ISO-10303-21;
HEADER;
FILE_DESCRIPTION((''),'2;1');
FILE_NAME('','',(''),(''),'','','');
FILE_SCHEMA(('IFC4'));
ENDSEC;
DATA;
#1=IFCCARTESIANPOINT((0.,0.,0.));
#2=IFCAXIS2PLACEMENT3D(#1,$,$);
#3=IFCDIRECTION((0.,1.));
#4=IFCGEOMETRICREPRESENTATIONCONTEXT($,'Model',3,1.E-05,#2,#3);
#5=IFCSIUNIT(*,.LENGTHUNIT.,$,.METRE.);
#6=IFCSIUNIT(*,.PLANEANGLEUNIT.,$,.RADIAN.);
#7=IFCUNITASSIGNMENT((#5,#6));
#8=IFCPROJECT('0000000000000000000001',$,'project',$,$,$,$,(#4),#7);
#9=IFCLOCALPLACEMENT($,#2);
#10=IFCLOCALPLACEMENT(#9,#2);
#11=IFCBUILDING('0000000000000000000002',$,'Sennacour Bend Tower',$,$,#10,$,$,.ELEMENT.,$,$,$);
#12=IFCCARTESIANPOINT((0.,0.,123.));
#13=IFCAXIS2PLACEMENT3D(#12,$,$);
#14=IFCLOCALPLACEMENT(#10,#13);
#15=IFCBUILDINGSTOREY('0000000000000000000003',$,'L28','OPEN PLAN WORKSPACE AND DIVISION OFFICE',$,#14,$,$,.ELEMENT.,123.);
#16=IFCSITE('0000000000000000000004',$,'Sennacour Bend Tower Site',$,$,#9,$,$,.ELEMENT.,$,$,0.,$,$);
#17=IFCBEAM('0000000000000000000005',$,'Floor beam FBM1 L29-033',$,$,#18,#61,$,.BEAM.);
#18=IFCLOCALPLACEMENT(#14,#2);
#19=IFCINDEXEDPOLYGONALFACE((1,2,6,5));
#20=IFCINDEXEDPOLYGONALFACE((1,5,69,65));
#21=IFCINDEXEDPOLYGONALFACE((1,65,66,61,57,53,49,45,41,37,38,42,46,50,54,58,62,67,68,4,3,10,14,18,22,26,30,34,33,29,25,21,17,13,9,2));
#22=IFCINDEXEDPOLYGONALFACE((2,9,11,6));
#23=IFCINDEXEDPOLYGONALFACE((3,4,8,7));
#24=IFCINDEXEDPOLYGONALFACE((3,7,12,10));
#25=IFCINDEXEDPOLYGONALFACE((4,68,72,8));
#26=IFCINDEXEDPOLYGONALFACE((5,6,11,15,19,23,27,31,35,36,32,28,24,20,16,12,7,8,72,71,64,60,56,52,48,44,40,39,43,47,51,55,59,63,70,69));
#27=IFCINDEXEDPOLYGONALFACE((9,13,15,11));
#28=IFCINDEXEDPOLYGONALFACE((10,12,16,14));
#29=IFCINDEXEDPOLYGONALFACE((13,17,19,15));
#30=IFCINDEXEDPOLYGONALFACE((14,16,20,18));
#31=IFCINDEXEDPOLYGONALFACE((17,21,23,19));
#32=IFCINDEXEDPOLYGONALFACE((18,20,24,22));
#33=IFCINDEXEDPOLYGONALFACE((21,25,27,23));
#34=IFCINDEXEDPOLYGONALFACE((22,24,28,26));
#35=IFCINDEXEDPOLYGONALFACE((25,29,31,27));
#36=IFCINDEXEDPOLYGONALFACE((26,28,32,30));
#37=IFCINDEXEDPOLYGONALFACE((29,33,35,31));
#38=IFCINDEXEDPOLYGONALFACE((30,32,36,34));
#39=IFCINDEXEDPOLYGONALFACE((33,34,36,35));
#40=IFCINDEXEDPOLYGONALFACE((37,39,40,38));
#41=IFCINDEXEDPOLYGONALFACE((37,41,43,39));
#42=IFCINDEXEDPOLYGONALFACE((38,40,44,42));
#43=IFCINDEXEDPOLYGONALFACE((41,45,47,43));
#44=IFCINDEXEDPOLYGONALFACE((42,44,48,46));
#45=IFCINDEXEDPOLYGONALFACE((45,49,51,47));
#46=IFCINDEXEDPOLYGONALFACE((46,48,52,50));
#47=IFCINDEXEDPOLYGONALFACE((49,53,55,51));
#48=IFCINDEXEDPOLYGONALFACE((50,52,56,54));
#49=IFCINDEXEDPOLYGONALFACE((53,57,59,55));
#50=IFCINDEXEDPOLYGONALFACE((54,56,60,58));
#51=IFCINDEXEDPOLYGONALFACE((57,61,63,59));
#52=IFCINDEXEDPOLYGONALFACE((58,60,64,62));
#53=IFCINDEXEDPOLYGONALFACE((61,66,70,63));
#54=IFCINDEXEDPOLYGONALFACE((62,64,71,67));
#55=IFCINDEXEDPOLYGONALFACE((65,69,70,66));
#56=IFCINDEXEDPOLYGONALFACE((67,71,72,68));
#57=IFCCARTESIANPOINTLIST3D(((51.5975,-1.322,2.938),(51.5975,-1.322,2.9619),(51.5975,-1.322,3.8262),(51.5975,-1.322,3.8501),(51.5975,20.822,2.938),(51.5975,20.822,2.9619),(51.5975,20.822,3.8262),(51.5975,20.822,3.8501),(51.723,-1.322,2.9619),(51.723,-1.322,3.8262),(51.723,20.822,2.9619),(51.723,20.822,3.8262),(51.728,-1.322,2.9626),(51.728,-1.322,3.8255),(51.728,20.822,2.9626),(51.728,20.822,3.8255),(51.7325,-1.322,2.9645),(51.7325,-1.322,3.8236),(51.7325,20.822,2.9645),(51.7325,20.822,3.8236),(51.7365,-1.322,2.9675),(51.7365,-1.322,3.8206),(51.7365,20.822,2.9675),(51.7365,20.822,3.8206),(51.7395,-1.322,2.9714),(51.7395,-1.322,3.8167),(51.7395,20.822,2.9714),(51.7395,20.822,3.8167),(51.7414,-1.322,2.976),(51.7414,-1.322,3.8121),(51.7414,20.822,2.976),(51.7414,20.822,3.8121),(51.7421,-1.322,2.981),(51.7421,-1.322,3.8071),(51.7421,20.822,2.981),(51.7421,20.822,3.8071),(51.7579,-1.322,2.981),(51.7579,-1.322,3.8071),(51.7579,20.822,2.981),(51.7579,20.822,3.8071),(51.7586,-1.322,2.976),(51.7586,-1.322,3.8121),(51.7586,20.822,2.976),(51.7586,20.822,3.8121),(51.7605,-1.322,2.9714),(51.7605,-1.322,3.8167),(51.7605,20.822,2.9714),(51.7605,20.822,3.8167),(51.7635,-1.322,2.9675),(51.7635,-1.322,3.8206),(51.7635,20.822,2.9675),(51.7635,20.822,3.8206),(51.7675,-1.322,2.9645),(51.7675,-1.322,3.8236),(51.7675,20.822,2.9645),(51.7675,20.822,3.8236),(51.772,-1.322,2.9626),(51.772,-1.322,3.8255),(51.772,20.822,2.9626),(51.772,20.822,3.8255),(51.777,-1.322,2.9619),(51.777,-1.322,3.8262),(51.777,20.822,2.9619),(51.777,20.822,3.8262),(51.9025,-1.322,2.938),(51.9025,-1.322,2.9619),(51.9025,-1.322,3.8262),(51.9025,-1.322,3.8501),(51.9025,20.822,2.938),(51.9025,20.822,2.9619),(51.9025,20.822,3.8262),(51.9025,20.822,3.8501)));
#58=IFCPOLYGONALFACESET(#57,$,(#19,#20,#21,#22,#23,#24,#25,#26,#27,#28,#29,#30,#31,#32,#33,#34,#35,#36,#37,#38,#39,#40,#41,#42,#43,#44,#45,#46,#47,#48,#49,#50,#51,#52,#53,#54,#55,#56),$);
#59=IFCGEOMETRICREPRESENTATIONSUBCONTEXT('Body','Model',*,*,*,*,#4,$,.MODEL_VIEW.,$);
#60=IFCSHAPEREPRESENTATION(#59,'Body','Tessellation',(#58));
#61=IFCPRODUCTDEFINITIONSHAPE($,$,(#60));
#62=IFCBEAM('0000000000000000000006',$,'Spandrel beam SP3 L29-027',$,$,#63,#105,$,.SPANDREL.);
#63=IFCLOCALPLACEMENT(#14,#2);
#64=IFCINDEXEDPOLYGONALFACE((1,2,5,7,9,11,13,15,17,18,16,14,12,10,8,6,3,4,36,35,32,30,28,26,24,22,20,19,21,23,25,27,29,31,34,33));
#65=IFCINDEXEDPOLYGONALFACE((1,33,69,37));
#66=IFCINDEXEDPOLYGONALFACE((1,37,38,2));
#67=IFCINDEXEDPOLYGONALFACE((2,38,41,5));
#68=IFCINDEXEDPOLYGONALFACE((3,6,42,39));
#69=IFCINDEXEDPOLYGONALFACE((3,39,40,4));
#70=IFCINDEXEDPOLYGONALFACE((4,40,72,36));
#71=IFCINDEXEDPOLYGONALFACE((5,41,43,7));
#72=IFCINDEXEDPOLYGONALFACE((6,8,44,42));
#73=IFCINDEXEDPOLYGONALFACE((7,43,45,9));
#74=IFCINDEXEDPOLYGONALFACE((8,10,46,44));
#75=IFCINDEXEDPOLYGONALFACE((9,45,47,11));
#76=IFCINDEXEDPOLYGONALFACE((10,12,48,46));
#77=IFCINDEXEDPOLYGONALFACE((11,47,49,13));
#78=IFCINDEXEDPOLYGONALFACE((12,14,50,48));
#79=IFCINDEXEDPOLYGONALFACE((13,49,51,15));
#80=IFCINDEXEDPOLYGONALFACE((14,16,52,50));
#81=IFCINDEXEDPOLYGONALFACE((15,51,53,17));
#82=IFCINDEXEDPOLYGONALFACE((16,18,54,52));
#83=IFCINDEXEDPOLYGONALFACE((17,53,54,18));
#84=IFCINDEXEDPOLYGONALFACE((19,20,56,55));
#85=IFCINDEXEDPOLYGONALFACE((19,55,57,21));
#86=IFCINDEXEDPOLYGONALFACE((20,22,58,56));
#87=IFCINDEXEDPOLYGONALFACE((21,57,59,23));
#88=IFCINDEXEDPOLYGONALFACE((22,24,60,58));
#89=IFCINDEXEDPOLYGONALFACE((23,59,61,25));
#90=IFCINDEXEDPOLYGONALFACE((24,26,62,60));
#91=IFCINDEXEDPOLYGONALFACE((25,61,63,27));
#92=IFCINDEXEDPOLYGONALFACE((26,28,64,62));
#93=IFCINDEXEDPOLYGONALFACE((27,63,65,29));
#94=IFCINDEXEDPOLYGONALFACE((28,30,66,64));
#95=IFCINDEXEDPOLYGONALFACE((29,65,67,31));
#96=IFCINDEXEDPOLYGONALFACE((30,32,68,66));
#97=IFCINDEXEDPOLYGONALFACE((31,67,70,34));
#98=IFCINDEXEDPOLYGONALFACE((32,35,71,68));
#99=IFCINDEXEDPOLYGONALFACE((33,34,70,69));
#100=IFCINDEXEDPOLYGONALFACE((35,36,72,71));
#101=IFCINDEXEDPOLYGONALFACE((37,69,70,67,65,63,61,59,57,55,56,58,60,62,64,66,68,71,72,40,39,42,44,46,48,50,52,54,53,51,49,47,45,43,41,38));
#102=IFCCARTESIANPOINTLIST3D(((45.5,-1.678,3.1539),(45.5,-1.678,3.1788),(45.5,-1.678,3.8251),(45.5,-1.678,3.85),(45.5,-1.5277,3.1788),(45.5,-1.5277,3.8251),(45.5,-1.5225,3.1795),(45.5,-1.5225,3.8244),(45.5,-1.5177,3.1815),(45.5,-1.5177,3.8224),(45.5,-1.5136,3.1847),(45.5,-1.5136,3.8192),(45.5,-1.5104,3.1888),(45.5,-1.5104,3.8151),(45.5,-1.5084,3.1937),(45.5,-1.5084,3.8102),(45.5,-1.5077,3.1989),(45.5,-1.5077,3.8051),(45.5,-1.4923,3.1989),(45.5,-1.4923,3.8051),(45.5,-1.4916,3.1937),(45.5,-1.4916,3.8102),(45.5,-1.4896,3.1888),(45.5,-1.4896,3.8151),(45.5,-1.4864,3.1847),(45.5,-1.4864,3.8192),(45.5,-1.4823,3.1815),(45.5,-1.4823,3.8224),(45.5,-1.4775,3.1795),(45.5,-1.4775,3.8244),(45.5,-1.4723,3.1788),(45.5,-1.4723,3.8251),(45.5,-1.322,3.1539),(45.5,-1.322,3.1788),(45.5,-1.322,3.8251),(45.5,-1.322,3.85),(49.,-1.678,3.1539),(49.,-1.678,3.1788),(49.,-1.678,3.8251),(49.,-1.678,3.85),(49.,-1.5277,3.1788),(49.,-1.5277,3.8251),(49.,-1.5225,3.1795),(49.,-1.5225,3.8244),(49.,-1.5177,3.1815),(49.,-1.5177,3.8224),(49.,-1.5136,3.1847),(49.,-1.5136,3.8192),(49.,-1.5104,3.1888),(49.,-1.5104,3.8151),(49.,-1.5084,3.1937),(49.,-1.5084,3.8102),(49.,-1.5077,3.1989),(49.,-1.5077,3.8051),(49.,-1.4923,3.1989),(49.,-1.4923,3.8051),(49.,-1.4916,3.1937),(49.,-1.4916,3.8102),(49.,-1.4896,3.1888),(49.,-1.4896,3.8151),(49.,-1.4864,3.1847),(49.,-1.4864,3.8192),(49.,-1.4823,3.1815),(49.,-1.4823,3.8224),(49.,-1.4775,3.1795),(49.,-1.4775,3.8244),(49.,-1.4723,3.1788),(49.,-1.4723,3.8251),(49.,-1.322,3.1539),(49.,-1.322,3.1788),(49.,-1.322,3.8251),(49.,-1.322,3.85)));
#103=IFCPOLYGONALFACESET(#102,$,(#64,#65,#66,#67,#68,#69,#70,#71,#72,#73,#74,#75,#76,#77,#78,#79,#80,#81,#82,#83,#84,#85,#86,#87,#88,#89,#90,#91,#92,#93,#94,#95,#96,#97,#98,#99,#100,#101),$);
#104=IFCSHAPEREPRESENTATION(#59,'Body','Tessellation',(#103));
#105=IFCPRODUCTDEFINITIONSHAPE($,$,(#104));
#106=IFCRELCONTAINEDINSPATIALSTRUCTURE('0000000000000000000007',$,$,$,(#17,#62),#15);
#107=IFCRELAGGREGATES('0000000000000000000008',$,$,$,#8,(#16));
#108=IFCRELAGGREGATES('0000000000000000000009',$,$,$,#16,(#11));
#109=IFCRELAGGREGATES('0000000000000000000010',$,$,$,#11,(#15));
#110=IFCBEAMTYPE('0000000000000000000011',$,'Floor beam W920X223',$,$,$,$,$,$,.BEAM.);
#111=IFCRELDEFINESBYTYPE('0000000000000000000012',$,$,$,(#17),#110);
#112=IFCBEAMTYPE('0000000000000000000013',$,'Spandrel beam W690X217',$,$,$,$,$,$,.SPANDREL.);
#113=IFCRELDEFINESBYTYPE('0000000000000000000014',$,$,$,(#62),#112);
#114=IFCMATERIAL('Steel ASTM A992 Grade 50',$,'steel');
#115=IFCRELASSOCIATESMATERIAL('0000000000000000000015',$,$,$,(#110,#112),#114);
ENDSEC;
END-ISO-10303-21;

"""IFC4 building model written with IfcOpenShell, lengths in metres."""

from ifc_helpers import new_model, si_unit, direction, frame, origin, origin_2d, place, context, subcontext, project, spatial, i_section, extrude, material, material_profile, profile_set, type_object, element, save


model = new_model("IFC4")

# Units and contexts
model_context = context("Model", 3, precision=1e-05, world=origin(), true_north=direction((0.0, 1.0)))
body_context = subcontext(model_context, "Body", "Model", "MODEL_VIEW")
ifc_project = project(units=[si_unit("LENGTHUNIT", "METRE"), si_unit("PLANEANGLEUNIT", "RADIAN")], contexts=[model_context])

# Site, building, storey
site_placement = place(None, origin())
site = spatial("IfcSite", under=ifc_project, at=site_placement, Name="Sennacour Bend Tower Site", CompositionType="ELEMENT", RefElevation=0.0)
building_placement = place(site_placement, origin())
building = spatial("IfcBuilding", under=site, at=building_placement, Name="Sennacour Bend Tower", CompositionType="ELEMENT")
storey_placement = place(building_placement, frame((0.0, 0.0, 123.0)))
storey = spatial("IfcBuildingStorey", under=building, at=storey_placement, Name="L28", Description="OPEN PLAN WORKSPACE AND DIVISION OFFICE", CompositionType="ELEMENT", Elevation=123.0)

# Beams
ifc_material_1 = material(Name="Steel ASTM A992 Grade 50", Category="steel")
ifc_material_profile_1 = material_profile(ifc_material_1, i_section(OverallWidth=0.3049, OverallDepth=0.9121, WebThickness=0.0159, FlangeThickness=0.0239, FilletRadius=0.019, at=origin_2d()), Name="Steel ASTM A992 Grade 50", Category="steel")
ifc_profile_set_1 = profile_set([ifc_material_profile_1], Name="Steel ASTM A992 Grade 50")
beam_type_1 = type_object("IfcBeamType", Name="Floor beam W920X223", PredefinedType="BEAM", material=ifc_profile_set_1)
beam_1_placement = place(storey_placement, frame((51.75, -1.322, 3.394), z_axis=(0.0, 1.0, 0.0), x_axis=(-1.0, 0.0, 0.0)))
element("IfcBeam", 1, at=beam_1_placement, inside=storey, type_object=beam_type_1, Name="Floor beam FBM1 L29-033", PredefinedType="BEAM", context=body_context, shape_type="SweptSolid", body=[
    extrude(i_section(OverallWidth=0.3049, OverallDepth=0.9121, WebThickness=0.0159, FlangeThickness=0.0239, FilletRadius=0.019, at=origin_2d()), origin(), (0.0, 0.0, 1.0), 22.144),
])
ifc_material_profile_2 = material_profile(ifc_material_1, i_section(OverallWidth=0.356, OverallDepth=0.696, WebThickness=0.0154, FlangeThickness=0.0249, FilletRadius=0.02, at=origin_2d()), Name="Steel ASTM A992 Grade 50", Category="steel")
ifc_profile_set_2 = profile_set([ifc_material_profile_2], Name="Steel ASTM A992 Grade 50")
beam_type_2 = type_object("IfcBeamType", Name="Spandrel beam W690X217", PredefinedType="SPANDREL", material=ifc_profile_set_2)
beam_2_placement = place(storey_placement, frame((49.0, -1.5, 3.502), z_axis=(-1.0, 0.0, 0.0), x_axis=(0.0, -1.0, 0.0)))
element("IfcBeam", 2, at=beam_2_placement, inside=storey, type_object=beam_type_2, Name="Spandrel beam SP3 L29-027", PredefinedType="SPANDREL", context=body_context, shape_type="SweptSolid", body=[
    extrude(i_section(OverallWidth=0.356, OverallDepth=0.696, WebThickness=0.0154, FlangeThickness=0.0249, FilletRadius=0.02, at=origin_2d()), origin(), (0.0, 0.0, 1.0), 3.5),
])

save(model, "model.ifc")
